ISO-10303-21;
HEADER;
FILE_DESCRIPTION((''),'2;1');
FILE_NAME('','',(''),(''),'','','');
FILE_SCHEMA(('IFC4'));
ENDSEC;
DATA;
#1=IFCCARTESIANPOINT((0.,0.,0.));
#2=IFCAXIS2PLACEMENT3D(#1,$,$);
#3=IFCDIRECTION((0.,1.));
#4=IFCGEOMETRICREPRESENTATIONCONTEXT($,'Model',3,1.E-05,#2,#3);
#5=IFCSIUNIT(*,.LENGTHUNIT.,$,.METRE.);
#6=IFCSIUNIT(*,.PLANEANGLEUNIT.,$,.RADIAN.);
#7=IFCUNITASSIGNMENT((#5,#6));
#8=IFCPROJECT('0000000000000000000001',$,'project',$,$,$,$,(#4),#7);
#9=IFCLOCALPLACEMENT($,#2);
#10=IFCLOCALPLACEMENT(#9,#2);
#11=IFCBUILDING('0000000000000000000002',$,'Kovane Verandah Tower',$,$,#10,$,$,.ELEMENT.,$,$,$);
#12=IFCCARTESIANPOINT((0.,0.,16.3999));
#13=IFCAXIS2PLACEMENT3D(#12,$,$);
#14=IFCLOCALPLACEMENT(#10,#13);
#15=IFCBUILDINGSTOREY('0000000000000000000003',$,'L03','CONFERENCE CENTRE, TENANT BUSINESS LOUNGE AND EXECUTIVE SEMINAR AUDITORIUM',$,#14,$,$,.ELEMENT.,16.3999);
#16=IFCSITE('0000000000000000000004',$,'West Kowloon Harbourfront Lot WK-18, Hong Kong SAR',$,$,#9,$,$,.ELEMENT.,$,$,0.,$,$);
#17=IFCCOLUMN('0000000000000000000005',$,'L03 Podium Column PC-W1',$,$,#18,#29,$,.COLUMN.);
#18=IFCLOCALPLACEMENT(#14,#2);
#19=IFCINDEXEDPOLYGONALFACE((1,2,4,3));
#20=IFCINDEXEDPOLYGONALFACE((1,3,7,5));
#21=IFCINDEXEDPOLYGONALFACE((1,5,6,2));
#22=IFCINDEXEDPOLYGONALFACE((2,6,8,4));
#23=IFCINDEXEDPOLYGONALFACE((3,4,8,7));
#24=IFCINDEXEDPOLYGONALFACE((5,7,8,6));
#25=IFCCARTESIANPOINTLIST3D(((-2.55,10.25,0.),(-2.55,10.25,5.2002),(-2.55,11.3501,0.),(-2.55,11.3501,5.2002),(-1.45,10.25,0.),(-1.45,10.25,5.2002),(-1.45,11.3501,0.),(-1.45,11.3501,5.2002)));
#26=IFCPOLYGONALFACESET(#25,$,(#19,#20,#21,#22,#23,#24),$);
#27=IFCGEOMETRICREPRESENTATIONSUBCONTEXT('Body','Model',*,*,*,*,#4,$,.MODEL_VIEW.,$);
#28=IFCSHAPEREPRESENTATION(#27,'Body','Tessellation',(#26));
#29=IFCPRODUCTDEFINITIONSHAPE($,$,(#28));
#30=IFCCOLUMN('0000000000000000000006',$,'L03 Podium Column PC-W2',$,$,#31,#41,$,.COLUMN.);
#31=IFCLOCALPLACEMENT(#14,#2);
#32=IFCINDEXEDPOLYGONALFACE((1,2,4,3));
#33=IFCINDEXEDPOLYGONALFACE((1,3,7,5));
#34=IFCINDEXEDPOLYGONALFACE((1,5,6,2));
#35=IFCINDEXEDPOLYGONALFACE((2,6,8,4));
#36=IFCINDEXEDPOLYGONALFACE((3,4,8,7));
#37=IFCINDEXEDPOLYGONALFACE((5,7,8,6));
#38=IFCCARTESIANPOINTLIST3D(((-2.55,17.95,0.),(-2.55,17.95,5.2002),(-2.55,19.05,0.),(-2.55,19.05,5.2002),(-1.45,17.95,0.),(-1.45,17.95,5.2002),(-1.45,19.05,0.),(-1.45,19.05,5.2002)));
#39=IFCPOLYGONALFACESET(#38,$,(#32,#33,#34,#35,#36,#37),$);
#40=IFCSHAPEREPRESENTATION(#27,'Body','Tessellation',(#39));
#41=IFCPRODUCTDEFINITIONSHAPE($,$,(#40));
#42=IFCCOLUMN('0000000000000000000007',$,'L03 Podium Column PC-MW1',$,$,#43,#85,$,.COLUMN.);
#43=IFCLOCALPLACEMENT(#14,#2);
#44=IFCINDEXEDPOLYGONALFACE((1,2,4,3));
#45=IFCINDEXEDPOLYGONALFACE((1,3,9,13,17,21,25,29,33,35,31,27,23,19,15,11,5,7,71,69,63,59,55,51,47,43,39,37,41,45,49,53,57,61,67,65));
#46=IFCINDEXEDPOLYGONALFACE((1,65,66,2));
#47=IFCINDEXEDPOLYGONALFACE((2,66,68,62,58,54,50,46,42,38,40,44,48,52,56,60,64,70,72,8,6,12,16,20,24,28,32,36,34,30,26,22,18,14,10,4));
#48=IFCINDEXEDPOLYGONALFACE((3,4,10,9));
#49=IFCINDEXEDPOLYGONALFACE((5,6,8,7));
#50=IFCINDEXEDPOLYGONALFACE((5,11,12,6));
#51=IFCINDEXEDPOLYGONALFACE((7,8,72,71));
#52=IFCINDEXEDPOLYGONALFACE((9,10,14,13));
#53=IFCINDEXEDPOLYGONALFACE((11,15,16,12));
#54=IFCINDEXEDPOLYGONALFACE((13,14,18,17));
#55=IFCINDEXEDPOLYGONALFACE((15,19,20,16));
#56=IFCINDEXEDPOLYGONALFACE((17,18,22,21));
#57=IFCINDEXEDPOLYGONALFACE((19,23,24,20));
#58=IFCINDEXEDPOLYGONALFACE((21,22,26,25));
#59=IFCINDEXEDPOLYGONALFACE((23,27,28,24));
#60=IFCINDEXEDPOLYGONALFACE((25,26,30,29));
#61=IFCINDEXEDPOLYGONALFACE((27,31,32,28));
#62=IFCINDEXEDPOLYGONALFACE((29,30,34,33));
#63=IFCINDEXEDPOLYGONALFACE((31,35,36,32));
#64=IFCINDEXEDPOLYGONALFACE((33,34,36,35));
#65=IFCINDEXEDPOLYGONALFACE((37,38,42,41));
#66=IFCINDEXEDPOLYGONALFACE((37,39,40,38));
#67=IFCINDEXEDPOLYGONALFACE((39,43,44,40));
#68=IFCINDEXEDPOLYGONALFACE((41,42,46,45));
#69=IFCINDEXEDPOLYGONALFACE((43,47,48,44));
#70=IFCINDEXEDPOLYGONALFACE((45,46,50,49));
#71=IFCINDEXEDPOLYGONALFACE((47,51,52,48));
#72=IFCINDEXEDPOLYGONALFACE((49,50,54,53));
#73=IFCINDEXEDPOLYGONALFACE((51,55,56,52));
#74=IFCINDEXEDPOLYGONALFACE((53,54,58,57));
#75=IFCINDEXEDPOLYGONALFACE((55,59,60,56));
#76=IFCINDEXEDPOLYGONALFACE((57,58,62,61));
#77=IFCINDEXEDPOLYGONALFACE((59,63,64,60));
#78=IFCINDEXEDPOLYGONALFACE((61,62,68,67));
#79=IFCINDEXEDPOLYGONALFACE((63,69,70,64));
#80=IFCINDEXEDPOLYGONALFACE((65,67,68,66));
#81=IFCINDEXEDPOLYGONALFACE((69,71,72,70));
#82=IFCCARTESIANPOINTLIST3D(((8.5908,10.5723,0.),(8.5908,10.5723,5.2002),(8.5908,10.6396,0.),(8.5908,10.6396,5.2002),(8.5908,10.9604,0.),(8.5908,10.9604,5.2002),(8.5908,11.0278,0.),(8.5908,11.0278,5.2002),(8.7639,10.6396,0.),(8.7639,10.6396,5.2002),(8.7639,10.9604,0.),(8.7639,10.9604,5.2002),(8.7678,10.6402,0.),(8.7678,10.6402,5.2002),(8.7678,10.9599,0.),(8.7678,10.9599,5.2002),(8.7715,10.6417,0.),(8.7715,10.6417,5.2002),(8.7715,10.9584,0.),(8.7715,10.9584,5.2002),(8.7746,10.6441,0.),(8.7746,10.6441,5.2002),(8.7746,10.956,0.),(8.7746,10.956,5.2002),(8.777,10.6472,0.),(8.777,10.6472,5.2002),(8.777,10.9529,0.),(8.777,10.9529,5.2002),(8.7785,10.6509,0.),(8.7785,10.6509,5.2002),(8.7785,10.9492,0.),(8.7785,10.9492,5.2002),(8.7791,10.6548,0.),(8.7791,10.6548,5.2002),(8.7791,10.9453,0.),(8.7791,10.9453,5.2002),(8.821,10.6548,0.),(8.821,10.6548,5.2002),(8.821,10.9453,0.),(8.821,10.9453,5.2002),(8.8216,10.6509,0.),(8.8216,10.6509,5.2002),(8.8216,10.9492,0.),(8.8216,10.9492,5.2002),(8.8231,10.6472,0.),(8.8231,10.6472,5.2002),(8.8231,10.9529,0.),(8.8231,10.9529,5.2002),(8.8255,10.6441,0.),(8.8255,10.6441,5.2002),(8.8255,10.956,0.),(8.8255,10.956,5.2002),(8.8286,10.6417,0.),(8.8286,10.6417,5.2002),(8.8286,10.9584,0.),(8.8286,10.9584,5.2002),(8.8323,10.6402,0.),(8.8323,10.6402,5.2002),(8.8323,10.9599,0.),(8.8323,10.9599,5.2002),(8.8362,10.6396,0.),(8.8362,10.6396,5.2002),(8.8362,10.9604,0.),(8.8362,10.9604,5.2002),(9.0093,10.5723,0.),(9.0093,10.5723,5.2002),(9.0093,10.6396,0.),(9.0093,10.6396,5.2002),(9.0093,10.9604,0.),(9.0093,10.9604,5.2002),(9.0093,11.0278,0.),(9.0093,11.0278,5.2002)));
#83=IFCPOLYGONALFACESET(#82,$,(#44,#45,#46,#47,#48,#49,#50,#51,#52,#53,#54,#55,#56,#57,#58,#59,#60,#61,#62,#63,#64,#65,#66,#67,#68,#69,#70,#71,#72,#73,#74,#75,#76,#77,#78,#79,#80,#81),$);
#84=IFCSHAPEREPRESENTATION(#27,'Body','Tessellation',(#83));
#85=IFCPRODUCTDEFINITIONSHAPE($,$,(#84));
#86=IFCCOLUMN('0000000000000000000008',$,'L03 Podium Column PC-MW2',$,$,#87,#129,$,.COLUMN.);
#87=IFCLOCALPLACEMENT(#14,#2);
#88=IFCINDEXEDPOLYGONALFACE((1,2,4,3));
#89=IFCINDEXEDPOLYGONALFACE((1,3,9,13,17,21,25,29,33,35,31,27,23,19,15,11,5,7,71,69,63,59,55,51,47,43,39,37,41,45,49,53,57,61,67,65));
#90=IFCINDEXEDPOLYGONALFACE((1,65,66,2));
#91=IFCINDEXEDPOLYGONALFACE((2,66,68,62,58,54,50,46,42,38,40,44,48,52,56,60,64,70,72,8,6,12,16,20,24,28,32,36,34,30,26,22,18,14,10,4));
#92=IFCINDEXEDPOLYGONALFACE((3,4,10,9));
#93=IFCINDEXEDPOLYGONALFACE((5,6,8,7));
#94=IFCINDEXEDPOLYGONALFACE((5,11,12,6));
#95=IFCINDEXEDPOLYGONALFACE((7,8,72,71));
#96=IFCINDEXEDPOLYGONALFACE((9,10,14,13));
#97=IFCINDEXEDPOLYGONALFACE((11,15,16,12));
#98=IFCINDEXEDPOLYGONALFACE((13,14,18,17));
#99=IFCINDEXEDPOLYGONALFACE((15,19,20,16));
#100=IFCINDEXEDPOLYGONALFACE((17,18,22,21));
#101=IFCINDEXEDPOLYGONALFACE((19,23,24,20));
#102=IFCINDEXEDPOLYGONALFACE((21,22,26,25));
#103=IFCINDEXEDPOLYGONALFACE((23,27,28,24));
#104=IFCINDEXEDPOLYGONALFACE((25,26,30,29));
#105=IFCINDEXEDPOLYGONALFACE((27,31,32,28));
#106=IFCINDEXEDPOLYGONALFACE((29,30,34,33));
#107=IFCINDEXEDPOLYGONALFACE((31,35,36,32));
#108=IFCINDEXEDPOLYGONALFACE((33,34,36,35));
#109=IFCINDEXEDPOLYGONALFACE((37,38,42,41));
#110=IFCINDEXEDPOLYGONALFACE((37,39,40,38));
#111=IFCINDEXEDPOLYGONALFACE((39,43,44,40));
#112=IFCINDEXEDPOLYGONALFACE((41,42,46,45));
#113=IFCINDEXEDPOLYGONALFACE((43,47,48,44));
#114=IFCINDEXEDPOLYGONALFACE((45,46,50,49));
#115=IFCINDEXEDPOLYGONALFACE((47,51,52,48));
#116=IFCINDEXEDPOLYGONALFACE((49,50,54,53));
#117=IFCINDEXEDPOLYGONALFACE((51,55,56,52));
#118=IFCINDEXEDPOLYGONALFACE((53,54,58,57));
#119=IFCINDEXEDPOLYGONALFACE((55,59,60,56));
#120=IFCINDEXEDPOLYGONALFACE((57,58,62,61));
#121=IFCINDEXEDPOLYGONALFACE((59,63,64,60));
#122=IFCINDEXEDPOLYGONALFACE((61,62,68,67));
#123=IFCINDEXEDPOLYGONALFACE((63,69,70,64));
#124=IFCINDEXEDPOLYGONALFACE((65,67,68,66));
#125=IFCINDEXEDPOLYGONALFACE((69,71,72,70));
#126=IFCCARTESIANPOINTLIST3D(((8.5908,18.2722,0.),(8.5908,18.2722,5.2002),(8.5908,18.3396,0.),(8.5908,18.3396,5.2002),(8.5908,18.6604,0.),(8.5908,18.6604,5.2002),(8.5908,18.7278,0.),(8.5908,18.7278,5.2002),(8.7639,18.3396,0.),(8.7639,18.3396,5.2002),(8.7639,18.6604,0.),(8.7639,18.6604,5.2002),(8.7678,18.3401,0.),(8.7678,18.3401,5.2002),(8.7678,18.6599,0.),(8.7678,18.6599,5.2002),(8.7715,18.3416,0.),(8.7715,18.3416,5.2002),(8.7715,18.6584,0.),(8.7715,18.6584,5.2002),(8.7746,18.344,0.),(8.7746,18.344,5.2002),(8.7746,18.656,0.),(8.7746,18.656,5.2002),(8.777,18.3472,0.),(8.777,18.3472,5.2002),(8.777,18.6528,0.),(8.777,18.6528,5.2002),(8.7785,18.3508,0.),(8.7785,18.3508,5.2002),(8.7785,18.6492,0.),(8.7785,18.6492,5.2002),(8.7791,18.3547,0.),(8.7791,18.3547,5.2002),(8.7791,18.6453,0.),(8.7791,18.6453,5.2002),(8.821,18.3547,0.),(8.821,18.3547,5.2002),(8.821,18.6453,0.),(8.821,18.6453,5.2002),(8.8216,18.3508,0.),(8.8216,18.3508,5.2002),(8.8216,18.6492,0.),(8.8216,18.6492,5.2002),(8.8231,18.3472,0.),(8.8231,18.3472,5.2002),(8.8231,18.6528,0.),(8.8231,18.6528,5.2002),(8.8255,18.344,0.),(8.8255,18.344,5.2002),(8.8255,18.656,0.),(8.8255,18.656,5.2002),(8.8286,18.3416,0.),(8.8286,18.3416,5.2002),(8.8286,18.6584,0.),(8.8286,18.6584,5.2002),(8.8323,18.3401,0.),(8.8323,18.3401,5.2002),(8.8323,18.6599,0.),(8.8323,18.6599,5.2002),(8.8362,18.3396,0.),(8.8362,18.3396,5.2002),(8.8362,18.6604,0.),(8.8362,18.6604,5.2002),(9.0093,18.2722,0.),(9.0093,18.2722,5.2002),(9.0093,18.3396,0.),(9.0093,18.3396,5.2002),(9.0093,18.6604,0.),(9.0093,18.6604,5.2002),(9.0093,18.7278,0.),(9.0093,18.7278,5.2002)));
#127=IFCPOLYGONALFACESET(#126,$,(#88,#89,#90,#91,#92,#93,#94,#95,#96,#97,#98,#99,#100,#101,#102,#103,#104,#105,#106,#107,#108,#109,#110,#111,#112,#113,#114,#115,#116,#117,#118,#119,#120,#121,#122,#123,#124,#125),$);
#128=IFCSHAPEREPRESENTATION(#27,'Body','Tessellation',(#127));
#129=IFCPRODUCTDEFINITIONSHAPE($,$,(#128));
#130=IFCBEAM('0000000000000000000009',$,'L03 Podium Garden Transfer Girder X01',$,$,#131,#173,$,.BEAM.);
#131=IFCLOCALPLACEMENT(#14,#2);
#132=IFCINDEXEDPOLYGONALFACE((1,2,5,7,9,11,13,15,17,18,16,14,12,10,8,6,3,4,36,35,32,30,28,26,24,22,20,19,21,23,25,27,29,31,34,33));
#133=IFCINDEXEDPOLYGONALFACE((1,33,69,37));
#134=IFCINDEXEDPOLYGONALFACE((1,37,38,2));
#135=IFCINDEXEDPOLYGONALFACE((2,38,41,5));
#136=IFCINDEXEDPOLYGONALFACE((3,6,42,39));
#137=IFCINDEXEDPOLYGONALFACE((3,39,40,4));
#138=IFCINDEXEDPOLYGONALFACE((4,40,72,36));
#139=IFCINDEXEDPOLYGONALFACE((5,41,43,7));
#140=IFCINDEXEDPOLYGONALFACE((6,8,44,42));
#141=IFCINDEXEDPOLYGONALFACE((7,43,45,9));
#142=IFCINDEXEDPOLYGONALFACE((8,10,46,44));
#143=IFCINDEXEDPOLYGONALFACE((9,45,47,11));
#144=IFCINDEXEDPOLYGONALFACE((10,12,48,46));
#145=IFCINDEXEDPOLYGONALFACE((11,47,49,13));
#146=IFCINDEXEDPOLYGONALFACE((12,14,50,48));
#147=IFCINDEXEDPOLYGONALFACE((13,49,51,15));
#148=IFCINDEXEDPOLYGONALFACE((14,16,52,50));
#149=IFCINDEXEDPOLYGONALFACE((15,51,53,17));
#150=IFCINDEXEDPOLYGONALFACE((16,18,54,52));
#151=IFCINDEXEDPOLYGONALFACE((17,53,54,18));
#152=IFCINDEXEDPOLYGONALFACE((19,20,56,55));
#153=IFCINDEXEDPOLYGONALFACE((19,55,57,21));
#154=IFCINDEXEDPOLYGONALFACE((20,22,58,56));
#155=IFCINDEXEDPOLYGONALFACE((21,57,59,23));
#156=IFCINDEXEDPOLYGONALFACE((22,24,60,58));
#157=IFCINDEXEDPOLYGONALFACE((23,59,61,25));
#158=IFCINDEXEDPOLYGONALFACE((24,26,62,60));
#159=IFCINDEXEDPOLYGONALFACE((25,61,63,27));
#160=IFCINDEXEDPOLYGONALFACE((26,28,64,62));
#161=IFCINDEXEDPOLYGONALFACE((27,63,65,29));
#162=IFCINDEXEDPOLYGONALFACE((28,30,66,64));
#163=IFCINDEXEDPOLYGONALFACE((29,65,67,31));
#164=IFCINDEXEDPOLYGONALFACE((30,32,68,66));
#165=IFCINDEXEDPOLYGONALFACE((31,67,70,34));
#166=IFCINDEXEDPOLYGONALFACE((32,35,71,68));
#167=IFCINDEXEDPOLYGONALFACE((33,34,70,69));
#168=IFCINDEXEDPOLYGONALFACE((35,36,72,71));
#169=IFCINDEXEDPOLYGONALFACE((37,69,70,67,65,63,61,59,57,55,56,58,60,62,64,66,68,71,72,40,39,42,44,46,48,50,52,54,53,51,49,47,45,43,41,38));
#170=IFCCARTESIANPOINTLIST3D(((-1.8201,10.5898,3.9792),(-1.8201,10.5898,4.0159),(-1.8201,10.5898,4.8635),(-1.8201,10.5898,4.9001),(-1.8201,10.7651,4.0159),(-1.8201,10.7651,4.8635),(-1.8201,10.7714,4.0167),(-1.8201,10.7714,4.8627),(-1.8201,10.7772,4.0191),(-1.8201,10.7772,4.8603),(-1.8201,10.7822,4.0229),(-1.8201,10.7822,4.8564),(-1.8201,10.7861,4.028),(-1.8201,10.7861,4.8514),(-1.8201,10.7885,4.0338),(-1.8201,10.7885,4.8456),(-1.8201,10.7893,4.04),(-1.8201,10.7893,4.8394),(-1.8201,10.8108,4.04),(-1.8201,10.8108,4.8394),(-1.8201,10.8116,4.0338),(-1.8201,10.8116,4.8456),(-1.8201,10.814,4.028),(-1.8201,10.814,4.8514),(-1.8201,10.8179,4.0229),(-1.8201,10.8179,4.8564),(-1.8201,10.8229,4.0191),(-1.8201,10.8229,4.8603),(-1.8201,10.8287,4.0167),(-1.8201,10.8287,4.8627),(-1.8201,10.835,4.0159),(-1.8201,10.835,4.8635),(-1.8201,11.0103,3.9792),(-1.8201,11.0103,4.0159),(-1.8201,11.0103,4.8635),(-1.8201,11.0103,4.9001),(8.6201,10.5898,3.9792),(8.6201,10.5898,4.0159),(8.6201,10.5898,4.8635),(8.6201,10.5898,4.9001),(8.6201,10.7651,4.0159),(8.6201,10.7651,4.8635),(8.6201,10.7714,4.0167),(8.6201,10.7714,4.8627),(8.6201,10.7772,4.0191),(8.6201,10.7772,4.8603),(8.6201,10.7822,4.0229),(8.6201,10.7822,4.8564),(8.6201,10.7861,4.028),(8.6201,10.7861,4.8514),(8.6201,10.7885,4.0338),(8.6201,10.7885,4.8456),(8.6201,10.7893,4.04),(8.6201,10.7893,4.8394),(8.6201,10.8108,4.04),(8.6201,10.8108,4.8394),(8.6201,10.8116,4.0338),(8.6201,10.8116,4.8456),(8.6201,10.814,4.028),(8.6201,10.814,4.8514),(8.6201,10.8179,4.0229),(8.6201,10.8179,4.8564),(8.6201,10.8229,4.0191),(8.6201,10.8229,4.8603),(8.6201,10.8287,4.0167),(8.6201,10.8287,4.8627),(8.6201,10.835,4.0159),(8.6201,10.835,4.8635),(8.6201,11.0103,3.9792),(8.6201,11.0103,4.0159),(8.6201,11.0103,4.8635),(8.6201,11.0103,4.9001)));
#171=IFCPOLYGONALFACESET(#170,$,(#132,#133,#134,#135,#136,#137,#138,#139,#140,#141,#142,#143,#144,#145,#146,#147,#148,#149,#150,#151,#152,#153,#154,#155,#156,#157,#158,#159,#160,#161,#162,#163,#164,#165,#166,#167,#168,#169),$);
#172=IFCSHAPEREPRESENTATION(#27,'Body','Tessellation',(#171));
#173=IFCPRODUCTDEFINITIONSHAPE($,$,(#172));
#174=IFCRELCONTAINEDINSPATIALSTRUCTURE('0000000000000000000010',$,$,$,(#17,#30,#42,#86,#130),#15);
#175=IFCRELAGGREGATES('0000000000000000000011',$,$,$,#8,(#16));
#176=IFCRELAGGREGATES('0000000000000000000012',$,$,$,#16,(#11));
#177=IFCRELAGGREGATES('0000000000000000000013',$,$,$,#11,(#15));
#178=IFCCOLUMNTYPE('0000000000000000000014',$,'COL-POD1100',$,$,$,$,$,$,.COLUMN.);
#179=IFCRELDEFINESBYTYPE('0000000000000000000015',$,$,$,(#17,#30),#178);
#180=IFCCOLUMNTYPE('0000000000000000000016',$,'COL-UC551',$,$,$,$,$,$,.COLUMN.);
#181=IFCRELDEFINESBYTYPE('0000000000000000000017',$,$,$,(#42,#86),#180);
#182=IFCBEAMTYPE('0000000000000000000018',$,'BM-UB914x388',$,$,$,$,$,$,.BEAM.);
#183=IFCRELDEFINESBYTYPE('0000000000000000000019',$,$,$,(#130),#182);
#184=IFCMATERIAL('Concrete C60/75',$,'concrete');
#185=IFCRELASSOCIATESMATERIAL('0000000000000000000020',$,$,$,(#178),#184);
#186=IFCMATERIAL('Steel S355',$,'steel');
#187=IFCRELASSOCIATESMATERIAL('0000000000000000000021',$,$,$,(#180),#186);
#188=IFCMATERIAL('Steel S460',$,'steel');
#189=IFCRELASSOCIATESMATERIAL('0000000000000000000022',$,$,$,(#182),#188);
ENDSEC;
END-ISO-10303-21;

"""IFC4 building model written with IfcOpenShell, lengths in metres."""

from ifc_helpers import new_model, si_unit, direction, frame, origin, origin_2d, place, context, subcontext, project, spatial, rectangle, i_section, extrude, material, material_profile, profile_set, type_object, element, save


model = new_model("IFC4")

# Units and contexts
model_context = context("Model", 3, precision=1e-05, world=origin(), true_north=direction((0.0, 1.0)))
body_context = subcontext(model_context, "Body", "Model", "MODEL_VIEW")
ifc_project = project(units=[si_unit("LENGTHUNIT", "METRE"), si_unit("PLANEANGLEUNIT", "RADIAN")], contexts=[model_context])

# Site, building, storey
site_placement = place(None, origin())
site = spatial("IfcSite", under=ifc_project, at=site_placement, Name="West Kowloon Harbourfront Lot WK-18, Hong Kong SAR", CompositionType="ELEMENT", RefElevation=0.0)
building_placement = place(site_placement, origin())
building = spatial("IfcBuilding", under=site, at=building_placement, Name="Kovane Verandah Tower", CompositionType="ELEMENT")
storey_placement = place(building_placement, frame((0.0, 0.0, 16.3999)))
storey = spatial("IfcBuildingStorey", under=building, at=storey_placement, Name="L03", Description="CONFERENCE CENTRE, TENANT BUSINESS LOUNGE AND EXECUTIVE SEMINAR AUDITORIUM", CompositionType="ELEMENT", Elevation=16.3999)

# Columns
ifc_material_1 = material(Name="Concrete C60/75", Category="concrete")
ifc_material_profile_1 = material_profile(ifc_material_1, rectangle(XDim=1.1001, YDim=1.1001, at=origin_2d()), Name="RC1100x1100")
ifc_profile_set_1 = profile_set([ifc_material_profile_1], Name="Concrete C60/75")
column_type_1 = type_object("IfcColumnType", Name="COL-POD1100", PredefinedType="COLUMN", material=ifc_profile_set_1)
for number, where, z_axis, x_axis, name in (
    (1, (-2.0, 10.8, 0.0), (0.0, 0.0, 1.0), (1.0, 0.0, 0.0), "L03 Podium Column PC-W1"),
    (2, (-2.0, 18.5, 0.0), (0.0, 0.0, 1.0), (1.0, 0.0, 0.0), "L03 Podium Column PC-W2"),
):
    element("IfcColumn", number, at=place(storey_placement, frame(where, z_axis=z_axis, x_axis=x_axis)), inside=storey, type_object=column_type_1, Name=name, PredefinedType="COLUMN", context=body_context, shape_type="SweptSolid", body=[
        extrude(rectangle(XDim=1.1001, YDim=1.1001, at=origin_2d()), origin(), (0.0, 0.0, 1.0), 5.2002),
    ])
ifc_material_2 = material(Name="Steel S355", Category="steel")
ifc_material_profile_2 = material_profile(ifc_material_2, i_section(OverallWidth=0.4185, OverallDepth=0.4556, WebThickness=0.042, FlangeThickness=0.0674, FilletRadius=0.0151, at=origin_2d()), Name="UC356x406x551")
ifc_profile_set_2 = profile_set([ifc_material_profile_2], Name="Steel S355")
column_type_2 = type_object("IfcColumnType", Name="COL-UC551", PredefinedType="COLUMN", material=ifc_profile_set_2)
for number, where, z_axis, x_axis, name in (
    (3, (8.8, 10.8, 0.0), (0.0, 0.0, 1.0), (1.0, 0.0, 0.0), "L03 Podium Column PC-MW1"),
    (4, (8.8, 18.5, 0.0), (0.0, 0.0, 1.0), (1.0, 0.0, 0.0), "L03 Podium Column PC-MW2"),
):
    element("IfcColumn", number, at=place(storey_placement, frame(where, z_axis=z_axis, x_axis=x_axis)), inside=storey, type_object=column_type_2, Name=name, PredefinedType="COLUMN", context=body_context, shape_type="SweptSolid", body=[
        extrude(i_section(OverallWidth=0.4185, OverallDepth=0.4556, WebThickness=0.042, FlangeThickness=0.0674, FilletRadius=0.0151, at=origin_2d()), origin(), (0.0, 0.0, 1.0), 5.2002),
    ])

# Beam
ifc_material_3 = material(Name="Steel S460", Category="steel")
ifc_material_profile_3 = material_profile(ifc_material_3, i_section(OverallWidth=0.4204, OverallDepth=0.9209, WebThickness=0.0215, FlangeThickness=0.0366, FilletRadius=0.0242, at=origin_2d()), Name="UB914x419x388")
ifc_profile_set_3 = profile_set([ifc_material_profile_3], Name="Steel S460")
beam_type = type_object("IfcBeamType", Name="BM-UB914x388", PredefinedType="BEAM", material=ifc_profile_set_3)
for number, where, z_axis, x_axis, name in (
    (5, (-1.8201, 10.8, 4.4397), (1.0, 0.0, 0.0), (0.0, 1.0, 0.0), "L03 Podium Garden Transfer Girder X01"),
):
    element("IfcBeam", number, at=place(storey_placement, frame(where, z_axis=z_axis, x_axis=x_axis)), inside=storey, type_object=beam_type, Name=name, PredefinedType="BEAM", context=body_context, shape_type="SweptSolid", body=[
        extrude(i_section(OverallWidth=0.4204, OverallDepth=0.9209, WebThickness=0.0215, FlangeThickness=0.0366, FilletRadius=0.0242, at=origin_2d()), origin(), (0.0, 0.0, 1.0), 10.4402),
    ])

save(model, "model.ifc")
